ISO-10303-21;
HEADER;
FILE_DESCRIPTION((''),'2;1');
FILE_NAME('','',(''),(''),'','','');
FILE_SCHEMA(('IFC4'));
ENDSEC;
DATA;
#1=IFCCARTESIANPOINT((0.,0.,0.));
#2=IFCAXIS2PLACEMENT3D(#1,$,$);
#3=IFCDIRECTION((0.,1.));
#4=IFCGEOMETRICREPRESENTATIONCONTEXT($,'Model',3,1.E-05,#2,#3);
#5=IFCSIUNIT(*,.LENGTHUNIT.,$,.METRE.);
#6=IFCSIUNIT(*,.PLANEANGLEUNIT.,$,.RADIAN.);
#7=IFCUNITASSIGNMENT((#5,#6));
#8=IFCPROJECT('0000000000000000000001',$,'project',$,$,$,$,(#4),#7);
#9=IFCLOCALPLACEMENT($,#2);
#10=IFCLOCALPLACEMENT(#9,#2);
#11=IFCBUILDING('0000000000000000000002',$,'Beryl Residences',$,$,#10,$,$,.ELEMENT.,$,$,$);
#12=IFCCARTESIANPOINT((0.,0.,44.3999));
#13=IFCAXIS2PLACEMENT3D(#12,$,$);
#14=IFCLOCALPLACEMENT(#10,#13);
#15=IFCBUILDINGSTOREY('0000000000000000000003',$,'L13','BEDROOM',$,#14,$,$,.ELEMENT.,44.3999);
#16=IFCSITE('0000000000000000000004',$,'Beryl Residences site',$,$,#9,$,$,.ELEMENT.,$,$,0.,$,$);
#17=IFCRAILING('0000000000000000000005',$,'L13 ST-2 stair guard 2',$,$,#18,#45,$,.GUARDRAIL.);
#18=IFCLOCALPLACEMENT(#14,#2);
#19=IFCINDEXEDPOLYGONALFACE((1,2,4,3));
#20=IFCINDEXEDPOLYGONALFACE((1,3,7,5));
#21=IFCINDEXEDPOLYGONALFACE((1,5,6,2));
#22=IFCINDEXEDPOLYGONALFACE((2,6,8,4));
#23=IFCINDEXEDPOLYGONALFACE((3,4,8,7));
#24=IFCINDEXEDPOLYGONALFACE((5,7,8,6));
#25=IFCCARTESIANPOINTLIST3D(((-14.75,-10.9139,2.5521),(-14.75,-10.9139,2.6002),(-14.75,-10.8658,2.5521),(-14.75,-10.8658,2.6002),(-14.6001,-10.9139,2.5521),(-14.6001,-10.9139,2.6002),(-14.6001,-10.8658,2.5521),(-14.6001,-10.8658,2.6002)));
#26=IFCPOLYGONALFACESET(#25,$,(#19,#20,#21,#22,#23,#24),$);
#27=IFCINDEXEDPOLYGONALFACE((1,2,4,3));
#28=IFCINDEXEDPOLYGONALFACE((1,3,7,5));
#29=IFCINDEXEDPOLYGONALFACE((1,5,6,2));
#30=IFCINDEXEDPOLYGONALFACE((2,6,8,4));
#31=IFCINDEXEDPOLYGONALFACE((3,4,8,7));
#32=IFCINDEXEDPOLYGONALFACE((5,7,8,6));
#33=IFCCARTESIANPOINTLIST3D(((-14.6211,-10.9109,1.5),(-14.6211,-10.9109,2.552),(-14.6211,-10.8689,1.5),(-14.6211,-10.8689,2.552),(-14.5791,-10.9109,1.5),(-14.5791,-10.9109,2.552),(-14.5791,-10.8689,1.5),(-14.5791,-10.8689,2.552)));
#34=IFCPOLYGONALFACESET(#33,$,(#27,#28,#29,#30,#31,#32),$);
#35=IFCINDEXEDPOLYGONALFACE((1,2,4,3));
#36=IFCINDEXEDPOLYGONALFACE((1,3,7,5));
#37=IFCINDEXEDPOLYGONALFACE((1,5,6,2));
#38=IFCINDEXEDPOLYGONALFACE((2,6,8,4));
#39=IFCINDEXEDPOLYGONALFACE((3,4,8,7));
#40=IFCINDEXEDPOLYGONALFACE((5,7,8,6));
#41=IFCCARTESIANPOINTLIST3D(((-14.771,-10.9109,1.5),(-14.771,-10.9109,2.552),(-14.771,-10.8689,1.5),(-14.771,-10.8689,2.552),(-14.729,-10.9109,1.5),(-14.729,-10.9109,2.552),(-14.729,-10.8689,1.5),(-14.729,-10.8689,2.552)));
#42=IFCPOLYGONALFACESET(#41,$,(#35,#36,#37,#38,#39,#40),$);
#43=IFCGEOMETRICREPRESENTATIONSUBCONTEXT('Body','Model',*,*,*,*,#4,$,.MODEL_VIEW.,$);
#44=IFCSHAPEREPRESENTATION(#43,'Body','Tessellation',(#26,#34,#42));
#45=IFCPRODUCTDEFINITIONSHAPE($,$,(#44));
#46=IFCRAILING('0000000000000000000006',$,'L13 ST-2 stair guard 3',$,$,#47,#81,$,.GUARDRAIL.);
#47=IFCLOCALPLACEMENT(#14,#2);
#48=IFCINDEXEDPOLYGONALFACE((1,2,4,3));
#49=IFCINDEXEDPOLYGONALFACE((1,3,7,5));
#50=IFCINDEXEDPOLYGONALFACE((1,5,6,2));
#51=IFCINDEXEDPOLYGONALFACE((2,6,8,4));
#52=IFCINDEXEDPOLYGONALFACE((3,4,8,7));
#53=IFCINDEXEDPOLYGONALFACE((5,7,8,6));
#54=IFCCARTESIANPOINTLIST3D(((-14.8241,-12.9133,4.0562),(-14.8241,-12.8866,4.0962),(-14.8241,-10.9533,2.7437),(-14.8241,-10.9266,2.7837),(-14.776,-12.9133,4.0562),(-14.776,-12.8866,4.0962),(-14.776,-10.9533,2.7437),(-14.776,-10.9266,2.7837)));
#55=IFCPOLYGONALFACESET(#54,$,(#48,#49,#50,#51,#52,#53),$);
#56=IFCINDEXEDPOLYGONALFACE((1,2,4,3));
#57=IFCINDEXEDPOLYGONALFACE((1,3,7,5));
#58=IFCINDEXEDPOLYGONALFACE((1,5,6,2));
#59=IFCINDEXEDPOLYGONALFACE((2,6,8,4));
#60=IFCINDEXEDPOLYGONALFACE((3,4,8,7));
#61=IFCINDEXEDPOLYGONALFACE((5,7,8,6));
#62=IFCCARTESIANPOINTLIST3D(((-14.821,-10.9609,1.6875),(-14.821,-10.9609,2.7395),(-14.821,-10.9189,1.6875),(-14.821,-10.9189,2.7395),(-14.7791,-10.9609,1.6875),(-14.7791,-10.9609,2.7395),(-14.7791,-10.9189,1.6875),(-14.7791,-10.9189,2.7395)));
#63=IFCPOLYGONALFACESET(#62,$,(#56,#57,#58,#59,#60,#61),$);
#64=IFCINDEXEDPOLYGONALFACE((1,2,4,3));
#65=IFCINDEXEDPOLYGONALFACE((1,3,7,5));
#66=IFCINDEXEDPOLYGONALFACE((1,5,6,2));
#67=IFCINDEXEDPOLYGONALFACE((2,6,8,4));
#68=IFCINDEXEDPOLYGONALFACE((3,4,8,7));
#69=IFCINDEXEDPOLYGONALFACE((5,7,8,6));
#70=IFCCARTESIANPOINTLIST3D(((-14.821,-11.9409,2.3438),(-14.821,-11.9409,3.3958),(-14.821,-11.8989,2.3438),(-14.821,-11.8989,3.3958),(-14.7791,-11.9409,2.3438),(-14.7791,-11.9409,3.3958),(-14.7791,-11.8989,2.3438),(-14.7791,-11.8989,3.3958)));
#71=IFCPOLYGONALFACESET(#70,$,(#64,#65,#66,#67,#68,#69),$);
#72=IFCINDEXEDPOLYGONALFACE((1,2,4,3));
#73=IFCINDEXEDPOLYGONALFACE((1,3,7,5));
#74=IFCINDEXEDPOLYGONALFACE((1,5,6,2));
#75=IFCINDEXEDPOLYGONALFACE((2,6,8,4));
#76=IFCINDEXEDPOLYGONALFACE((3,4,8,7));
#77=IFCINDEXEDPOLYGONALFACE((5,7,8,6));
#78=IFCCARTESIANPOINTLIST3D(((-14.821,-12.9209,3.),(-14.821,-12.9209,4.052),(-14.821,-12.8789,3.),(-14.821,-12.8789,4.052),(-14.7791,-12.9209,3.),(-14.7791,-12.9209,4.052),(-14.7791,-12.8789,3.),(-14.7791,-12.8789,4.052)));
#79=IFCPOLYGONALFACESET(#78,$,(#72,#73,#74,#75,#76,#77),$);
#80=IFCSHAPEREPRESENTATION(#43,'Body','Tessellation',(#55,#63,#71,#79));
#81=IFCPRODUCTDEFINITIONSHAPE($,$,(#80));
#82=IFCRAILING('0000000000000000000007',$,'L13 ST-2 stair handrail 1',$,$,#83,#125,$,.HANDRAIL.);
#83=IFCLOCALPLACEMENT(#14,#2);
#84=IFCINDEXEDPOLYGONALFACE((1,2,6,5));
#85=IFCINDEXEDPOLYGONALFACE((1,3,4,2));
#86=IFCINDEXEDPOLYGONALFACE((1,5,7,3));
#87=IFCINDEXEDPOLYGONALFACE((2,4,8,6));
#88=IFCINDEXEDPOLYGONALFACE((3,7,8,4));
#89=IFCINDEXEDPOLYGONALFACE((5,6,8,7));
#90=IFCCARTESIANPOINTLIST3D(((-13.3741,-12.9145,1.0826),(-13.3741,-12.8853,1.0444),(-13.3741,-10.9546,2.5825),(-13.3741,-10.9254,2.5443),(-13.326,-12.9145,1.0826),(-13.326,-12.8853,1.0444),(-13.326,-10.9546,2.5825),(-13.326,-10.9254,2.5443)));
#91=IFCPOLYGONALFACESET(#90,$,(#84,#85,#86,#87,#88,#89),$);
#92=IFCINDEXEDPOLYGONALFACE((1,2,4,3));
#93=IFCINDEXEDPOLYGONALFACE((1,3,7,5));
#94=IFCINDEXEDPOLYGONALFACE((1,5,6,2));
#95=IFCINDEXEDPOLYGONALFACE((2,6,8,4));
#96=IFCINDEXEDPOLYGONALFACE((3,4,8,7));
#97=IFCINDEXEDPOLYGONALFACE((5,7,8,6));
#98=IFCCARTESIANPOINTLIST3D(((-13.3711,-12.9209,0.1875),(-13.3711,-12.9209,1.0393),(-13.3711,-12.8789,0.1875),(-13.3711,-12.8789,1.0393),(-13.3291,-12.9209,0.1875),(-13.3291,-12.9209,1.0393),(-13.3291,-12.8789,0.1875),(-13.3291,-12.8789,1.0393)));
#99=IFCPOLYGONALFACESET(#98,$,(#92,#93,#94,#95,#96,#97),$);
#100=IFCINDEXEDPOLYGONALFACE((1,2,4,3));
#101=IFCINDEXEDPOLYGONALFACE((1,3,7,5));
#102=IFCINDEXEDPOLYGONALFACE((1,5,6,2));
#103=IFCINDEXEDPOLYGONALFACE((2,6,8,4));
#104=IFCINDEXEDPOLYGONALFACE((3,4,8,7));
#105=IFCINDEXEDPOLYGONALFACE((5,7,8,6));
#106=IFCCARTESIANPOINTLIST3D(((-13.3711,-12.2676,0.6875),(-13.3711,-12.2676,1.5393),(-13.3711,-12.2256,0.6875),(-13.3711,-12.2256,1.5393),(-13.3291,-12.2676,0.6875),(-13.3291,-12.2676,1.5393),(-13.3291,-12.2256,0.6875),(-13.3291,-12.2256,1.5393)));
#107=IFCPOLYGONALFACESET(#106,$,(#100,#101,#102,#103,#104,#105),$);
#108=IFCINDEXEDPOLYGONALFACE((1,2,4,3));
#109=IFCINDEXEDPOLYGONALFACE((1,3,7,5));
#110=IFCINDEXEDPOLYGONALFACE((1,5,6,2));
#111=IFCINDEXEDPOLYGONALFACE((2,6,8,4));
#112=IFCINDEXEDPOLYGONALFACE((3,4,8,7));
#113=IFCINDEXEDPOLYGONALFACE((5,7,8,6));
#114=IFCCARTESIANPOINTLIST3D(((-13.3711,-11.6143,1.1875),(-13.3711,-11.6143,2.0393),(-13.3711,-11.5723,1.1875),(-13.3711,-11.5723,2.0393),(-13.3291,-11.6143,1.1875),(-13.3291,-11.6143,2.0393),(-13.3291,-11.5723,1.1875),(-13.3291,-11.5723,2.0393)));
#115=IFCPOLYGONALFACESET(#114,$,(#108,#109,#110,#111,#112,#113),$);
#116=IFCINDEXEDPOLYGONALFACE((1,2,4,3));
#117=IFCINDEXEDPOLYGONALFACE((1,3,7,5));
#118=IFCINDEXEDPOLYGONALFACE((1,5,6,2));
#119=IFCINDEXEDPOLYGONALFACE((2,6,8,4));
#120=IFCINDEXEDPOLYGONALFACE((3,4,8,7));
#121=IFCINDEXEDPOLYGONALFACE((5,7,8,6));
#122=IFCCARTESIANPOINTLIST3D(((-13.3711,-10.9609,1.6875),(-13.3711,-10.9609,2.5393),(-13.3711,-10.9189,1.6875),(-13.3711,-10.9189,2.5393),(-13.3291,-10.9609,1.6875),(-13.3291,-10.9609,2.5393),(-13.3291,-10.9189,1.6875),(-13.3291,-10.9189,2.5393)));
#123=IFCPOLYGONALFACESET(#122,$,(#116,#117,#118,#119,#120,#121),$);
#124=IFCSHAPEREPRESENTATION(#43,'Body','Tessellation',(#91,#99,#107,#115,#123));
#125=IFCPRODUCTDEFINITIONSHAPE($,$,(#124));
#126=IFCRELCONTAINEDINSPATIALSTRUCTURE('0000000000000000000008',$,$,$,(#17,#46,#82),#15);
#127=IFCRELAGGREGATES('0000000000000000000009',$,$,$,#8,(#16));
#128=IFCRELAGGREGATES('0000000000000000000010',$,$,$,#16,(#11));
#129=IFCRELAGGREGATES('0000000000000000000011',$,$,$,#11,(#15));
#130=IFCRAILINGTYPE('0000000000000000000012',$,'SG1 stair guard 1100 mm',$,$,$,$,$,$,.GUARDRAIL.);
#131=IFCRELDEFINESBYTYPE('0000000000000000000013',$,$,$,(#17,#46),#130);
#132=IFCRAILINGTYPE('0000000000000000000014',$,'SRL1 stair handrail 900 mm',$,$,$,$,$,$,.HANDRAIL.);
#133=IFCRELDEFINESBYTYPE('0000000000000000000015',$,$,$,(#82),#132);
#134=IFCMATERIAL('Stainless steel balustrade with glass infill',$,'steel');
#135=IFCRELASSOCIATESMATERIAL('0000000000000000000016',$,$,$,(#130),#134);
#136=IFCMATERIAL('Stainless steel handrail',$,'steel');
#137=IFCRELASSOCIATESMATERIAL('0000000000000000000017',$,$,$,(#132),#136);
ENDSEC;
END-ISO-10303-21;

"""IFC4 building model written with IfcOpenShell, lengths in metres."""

from ifc_helpers import new_model, si_unit, direction, frame, origin, origin_2d, place, context, subcontext, project, spatial, rectangle, extrude, material, type_object, element, save


model = new_model("IFC4")

# Units and contexts
model_context = context("Model", 3, precision=1e-05, world=origin(), true_north=direction((0.0, 1.0)))
body_context = subcontext(model_context, "Body", "Model", "MODEL_VIEW")
ifc_project = project(units=[si_unit("LENGTHUNIT", "METRE"), si_unit("PLANEANGLEUNIT", "RADIAN")], contexts=[model_context])

# Site, building, storey
site_placement = place(None, origin())
site = spatial("IfcSite", under=ifc_project, at=site_placement, Name="Beryl Residences site", CompositionType="ELEMENT", RefElevation=0.0)
building_placement = place(site_placement, origin())
building = spatial("IfcBuilding", under=site, at=building_placement, Name="Beryl Residences", CompositionType="ELEMENT")
storey_placement = place(building_placement, frame((0.0, 0.0, 44.3999)))
storey = spatial("IfcBuildingStorey", under=building, at=storey_placement, Name="L13", Description="BEDROOM", CompositionType="ELEMENT", Elevation=44.3999)

# Railings
ifc_material_1 = material(Name="Stainless steel balustrade with glass infill", Category="steel")
railing_type_1 = type_object("IfcRailingType", Name="SG1 stair guard 1100 mm", PredefinedType="GUARDRAIL", material=ifc_material_1)
railing_1_placement = place(storey_placement, frame((-14.6001, -10.8899, 1.5)))
element("IfcRailing", 1, at=railing_1_placement, inside=storey, type_object=railing_type_1, Name="L13 ST-2 stair guard 2", PredefinedType="GUARDRAIL", context=body_context, shape_type="SweptSolid", body=[
    extrude(rectangle(XDim=0.0481, YDim=0.0481, at=origin_2d()), frame((0.0, 0.0, 1.0762), z_axis=(-1.0, 0.0, 0.0), x_axis=(0.0, -1.0, 0.0)), (0.0, 0.0, 1.0), 0.1499),
    extrude(rectangle(XDim=0.042, YDim=0.042, at=origin_2d()), origin(), (0.0, 0.0, 1.0), 1.052),
    extrude(rectangle(XDim=0.042, YDim=0.042, at=origin_2d()), frame((-0.1499, 0.0, 0.0)), (0.0, 0.0, 1.0), 1.052),
])
railing_2_placement = place(storey_placement, frame((-14.8, -10.9399, 1.6875)))
element("IfcRailing", 2, at=railing_2_placement, inside=storey, type_object=railing_type_1, Name="L13 ST-2 stair guard 3", PredefinedType="GUARDRAIL", context=body_context, shape_type="SweptSolid", body=[
    extrude(rectangle(XDim=0.0481, YDim=0.0481, at=origin_2d()), frame((0.0, 0.0, 1.0762), z_axis=(0.0, -0.830902, 0.556419), x_axis=(1.0, 0.0, 0.0)), (0.0, 0.0, 1.0), 2.3589),
    extrude(rectangle(XDim=0.042, YDim=0.042, at=origin_2d()), origin(), (0.0, 0.0, 1.0), 1.052),
    extrude(rectangle(XDim=0.042, YDim=0.042, at=origin_2d()), frame((0.0, -0.98, 0.6562)), (0.0, 0.0, 1.0), 1.052),
    extrude(rectangle(XDim=0.042, YDim=0.042, at=origin_2d()), frame((0.0, -1.96, 1.3125)), (0.0, 0.0, 1.0), 1.052),
])
ifc_material_2 = material(Name="Stainless steel handrail", Category="steel")
railing_type_2 = type_object("IfcRailingType", Name="SRL1 stair handrail 900 mm", PredefinedType="HANDRAIL", material=ifc_material_2)
railing_3_placement = place(storey_placement, frame((-13.3501, -12.8999, 0.1875)))
element("IfcRailing", 3, at=railing_3_placement, inside=storey, type_object=railing_type_2, Name="L13 ST-2 stair handrail 1", PredefinedType="HANDRAIL", context=body_context, shape_type="SweptSolid", body=[
    extrude(rectangle(XDim=0.0481, YDim=0.0481, at=origin_2d()), frame((0.0, 0.0, 0.876), z_axis=(0.0, 0.794122, 0.607758), x_axis=(-1.0, 0.0, 0.0)), (0.0, 0.0, 1.0), 2.468),
    extrude(rectangle(XDim=0.042, YDim=0.042, at=origin_2d()), origin(), (0.0, 0.0, 1.0), 0.8518),
    extrude(rectangle(XDim=0.042, YDim=0.042, at=origin_2d()), frame((0.0, 0.6533, 0.5)), (0.0, 0.0, 1.0), 0.8518),
    extrude(rectangle(XDim=0.042, YDim=0.042, at=origin_2d()), frame((0.0, 1.3066, 1.0)), (0.0, 0.0, 1.0), 0.8518),
    extrude(rectangle(XDim=0.042, YDim=0.042, at=origin_2d()), frame((0.0, 1.96, 1.5)), (0.0, 0.0, 1.0), 0.8518),
])

save(model, "model.ifc")
